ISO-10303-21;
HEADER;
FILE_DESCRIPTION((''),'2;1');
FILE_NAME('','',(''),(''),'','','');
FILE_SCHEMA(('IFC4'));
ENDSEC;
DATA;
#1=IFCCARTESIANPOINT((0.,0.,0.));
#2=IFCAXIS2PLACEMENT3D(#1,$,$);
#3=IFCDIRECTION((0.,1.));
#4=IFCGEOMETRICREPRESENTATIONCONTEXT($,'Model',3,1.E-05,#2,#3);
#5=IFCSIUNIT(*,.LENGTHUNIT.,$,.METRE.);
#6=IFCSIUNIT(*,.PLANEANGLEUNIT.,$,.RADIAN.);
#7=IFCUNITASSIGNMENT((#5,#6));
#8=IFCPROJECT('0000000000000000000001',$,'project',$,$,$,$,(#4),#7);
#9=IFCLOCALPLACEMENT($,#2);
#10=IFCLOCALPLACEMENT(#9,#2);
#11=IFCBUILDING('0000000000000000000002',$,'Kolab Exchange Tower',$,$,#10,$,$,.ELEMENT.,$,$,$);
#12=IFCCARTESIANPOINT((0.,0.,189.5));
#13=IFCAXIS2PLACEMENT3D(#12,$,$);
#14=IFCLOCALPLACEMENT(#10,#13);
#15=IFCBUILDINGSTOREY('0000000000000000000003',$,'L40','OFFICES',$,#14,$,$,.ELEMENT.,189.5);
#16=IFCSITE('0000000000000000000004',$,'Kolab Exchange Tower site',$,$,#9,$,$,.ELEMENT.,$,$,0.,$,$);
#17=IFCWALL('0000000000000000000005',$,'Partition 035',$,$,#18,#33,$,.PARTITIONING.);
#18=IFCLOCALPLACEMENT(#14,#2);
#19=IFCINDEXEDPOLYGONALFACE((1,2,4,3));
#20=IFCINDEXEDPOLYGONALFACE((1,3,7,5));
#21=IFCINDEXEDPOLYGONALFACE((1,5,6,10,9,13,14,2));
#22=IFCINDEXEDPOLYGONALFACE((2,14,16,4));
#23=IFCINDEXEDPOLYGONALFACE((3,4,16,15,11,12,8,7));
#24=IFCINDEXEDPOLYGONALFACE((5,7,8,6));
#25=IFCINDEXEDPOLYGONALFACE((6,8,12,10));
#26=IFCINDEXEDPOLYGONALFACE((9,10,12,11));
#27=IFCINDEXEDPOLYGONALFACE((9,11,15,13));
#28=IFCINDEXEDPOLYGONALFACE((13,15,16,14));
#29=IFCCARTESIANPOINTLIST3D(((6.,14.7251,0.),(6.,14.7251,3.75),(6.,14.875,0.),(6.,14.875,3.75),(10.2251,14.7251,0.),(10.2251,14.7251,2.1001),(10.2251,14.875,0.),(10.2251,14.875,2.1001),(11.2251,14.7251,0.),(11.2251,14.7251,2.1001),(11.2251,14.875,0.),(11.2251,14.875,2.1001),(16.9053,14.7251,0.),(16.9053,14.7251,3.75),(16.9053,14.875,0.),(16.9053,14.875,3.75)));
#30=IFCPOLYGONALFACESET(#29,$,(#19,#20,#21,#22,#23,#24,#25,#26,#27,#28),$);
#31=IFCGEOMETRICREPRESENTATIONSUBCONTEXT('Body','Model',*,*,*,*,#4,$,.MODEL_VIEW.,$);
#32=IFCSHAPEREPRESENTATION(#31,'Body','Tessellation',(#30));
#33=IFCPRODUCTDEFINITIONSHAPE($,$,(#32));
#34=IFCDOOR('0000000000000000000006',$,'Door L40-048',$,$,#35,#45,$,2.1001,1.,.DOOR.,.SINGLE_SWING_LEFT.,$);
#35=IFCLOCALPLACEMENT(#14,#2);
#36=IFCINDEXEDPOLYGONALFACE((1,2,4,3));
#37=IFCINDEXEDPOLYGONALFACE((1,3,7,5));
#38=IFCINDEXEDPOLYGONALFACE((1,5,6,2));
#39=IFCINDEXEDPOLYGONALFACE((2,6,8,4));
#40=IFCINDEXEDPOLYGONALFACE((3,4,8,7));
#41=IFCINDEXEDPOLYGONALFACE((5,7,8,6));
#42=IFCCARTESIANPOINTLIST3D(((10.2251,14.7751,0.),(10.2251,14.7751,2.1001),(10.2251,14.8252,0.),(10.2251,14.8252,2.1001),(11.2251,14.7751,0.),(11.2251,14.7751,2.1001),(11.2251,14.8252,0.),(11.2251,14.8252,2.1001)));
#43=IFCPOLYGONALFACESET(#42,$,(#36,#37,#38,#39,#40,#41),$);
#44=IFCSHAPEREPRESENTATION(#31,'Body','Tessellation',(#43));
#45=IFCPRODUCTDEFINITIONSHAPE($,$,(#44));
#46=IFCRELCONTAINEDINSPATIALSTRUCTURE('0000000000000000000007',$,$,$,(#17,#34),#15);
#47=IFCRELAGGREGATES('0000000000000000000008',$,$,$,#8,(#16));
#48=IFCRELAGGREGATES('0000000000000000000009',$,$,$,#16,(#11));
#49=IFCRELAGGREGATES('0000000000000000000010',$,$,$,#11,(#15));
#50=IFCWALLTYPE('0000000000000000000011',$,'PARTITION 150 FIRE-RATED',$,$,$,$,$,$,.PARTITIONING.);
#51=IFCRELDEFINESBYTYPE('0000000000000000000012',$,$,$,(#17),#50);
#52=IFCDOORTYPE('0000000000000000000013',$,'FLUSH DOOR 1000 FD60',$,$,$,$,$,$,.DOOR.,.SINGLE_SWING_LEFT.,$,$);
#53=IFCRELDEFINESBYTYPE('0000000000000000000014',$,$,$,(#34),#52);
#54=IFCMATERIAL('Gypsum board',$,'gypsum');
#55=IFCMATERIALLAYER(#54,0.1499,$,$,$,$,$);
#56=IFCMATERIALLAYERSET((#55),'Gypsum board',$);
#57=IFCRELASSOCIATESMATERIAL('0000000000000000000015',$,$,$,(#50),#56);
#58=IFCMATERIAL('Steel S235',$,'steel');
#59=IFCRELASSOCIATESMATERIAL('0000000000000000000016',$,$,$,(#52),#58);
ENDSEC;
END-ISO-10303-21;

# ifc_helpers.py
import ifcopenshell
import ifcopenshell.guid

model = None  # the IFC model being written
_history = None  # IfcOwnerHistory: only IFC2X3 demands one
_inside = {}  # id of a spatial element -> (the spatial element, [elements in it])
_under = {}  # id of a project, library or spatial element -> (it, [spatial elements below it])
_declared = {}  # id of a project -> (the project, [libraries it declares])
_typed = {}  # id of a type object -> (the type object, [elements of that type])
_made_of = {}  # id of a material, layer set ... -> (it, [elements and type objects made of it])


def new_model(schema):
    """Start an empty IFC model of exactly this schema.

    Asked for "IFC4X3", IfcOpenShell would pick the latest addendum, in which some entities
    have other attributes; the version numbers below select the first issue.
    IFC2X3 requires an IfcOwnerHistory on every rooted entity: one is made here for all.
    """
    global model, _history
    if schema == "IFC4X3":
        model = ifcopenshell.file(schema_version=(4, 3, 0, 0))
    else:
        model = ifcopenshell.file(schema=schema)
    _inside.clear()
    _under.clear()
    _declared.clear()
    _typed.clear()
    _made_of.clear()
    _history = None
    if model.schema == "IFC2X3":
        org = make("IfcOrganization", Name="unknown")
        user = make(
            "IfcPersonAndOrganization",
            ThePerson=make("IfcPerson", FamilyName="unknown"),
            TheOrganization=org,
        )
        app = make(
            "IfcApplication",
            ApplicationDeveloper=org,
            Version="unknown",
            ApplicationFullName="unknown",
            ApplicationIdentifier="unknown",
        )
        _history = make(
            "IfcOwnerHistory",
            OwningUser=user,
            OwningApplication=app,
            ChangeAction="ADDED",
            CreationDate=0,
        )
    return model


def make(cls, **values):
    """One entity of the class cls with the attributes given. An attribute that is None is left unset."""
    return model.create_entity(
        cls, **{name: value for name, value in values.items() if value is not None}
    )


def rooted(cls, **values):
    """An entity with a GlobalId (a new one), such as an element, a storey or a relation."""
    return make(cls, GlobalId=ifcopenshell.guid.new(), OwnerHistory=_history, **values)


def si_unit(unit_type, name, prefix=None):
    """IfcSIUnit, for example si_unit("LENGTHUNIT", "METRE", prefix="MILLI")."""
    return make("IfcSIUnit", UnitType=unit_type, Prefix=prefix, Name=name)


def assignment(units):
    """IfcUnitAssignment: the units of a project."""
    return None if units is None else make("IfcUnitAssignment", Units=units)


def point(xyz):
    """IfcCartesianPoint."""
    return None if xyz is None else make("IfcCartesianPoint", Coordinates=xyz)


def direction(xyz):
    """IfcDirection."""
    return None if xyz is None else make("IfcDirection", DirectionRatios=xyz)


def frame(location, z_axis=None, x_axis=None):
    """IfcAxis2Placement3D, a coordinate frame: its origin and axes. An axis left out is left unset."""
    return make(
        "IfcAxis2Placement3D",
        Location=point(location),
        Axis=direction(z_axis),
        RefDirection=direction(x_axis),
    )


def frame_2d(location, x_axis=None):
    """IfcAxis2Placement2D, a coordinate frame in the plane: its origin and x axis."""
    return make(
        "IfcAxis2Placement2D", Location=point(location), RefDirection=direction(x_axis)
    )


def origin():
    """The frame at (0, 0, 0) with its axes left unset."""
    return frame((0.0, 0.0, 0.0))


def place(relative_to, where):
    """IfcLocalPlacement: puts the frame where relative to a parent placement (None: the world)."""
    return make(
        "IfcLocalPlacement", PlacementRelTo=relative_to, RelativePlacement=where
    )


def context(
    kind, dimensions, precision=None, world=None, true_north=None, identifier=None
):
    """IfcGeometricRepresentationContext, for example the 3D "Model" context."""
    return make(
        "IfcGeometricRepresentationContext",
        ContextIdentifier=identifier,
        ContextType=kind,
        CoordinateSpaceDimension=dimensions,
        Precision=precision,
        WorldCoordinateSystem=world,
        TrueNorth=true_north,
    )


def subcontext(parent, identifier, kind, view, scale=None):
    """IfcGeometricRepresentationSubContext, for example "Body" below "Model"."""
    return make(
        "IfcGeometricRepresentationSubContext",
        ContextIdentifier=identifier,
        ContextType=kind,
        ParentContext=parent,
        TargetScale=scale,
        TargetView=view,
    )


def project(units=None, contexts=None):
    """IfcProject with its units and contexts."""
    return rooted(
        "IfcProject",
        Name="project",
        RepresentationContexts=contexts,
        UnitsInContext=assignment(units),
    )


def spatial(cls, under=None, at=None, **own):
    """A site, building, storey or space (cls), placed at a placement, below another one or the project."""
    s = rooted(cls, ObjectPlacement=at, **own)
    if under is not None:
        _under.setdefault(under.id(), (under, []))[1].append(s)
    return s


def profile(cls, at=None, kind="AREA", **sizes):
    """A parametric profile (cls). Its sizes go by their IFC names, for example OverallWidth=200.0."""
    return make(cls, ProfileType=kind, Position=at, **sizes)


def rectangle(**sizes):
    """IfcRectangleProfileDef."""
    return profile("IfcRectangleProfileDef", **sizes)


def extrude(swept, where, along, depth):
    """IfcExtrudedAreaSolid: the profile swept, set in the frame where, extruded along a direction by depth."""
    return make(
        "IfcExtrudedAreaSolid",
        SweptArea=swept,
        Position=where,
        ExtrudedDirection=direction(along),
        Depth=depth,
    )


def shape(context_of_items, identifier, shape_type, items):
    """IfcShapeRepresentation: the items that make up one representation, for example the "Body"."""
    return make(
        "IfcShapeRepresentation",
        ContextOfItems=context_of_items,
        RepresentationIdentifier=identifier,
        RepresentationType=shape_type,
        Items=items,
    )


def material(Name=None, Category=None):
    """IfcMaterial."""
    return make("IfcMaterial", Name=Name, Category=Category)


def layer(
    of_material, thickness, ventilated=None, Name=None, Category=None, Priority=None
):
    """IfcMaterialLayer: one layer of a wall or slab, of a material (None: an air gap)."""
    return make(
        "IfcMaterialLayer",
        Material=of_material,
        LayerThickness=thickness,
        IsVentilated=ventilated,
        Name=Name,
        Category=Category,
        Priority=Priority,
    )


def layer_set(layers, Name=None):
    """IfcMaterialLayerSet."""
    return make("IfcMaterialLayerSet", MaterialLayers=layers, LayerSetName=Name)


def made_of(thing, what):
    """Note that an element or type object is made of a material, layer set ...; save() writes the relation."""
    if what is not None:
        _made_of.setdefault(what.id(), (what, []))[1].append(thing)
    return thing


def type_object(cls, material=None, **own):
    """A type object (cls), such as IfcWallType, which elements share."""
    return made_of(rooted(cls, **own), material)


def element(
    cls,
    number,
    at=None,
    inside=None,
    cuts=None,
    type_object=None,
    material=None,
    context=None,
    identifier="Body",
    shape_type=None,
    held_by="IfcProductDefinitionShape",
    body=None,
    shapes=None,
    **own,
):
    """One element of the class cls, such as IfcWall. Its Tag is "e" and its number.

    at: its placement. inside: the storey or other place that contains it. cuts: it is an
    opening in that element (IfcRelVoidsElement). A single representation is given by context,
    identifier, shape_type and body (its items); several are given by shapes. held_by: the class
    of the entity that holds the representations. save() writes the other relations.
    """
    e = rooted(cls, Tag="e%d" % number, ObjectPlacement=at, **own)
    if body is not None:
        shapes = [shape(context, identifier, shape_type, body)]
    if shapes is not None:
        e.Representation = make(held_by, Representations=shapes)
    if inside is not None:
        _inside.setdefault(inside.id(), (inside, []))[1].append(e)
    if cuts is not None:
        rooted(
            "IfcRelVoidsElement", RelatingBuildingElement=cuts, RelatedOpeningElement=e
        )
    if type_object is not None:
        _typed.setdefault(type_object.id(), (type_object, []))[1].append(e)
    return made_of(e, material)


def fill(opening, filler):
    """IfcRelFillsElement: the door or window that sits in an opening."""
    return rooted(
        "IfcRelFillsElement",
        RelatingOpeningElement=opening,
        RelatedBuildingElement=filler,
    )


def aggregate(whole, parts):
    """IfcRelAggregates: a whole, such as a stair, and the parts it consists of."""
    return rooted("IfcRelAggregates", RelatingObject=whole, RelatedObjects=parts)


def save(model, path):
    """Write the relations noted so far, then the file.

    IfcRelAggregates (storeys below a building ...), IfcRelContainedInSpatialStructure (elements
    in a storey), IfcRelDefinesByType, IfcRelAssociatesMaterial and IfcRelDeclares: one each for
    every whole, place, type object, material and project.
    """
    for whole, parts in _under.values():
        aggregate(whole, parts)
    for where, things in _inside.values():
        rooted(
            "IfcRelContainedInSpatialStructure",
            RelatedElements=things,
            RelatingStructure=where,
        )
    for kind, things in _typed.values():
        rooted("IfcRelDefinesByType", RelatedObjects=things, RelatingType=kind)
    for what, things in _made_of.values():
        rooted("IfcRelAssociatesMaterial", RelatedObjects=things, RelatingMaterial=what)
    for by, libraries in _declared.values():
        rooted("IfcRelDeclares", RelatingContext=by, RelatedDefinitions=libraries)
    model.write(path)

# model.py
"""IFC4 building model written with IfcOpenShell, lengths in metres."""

from ifc_helpers import new_model, si_unit, direction, frame, frame_2d, origin, place, context, subcontext, project, spatial, rectangle, extrude, material, layer, layer_set, type_object, element, fill, save


model = new_model("IFC4")

# Units and contexts
model_context = context("Model", 3, precision=1e-05, world=origin(), true_north=direction((0.0, 1.0)))
body_context = subcontext(model_context, "Body", "Model", "MODEL_VIEW")
ifc_project = project(units=[si_unit("LENGTHUNIT", "METRE"), si_unit("PLANEANGLEUNIT", "RADIAN")], contexts=[model_context])

# Site, building, storey
site_placement = place(None, origin())
site = spatial("IfcSite", under=ifc_project, at=site_placement, Name="Kolab Exchange Tower site", CompositionType="ELEMENT", RefElevation=0.0)
building_placement = place(site_placement, origin())
building = spatial("IfcBuilding", under=site, at=building_placement, Name="Kolab Exchange Tower", CompositionType="ELEMENT")
storey_placement = place(building_placement, frame((0.0, 0.0, 189.5)))
storey = spatial("IfcBuildingStorey", under=building, at=storey_placement, Name="L40", Description="OFFICES", CompositionType="ELEMENT", Elevation=189.5)

# Shared definitions
ifc_material_1 = material(Name="Gypsum board", Category="gypsum")

# Wall, opening, door
ifc_layer_1 = layer(ifc_material_1, 0.1499)
ifc_layer_set_1 = layer_set([ifc_layer_1], Name="Gypsum board")
wall_type_1 = type_object("IfcWallType", Name="PARTITION 150 FIRE-RATED", PredefinedType="PARTITIONING", material=ifc_layer_set_1)
ifc_material_2 = material(Name="Steel S235", Category="steel")
wall_1_placement = place(storey_placement, frame((6.0, 14.8, 0.0), z_axis=(0.0, 0.0, 1.0), x_axis=(1.0, 0.0, 0.0)))
wall_1 = element("IfcWall", 1, at=wall_1_placement, inside=storey, type_object=wall_type_1, Name="Partition 035", PredefinedType="PARTITIONING", context=body_context, shape_type="SweptSolid", body=[
    extrude(rectangle(XDim=10.9053, YDim=0.1499, at=frame_2d((5.4526, 0.0))), origin(), (0.0, 0.0, 1.0), 3.75),
])
opening_1_placement = place(wall_1_placement, frame((4.2251, 0.0, 0.0)))
opening_1 = element("IfcOpeningElement", 2, at=opening_1_placement, cuts=wall_1, PredefinedType="OPENING", context=body_context, shape_type="SweptSolid", body=[
    extrude(rectangle(XDim=1.0, YDim=2.1001, at=frame_2d((0.5, 1.05))), frame((0.0, 0.085, 0.0), z_axis=(0.0, -1.0, 0.0), x_axis=(1.0, 0.0, 0.0)), (0.0, 0.0, 1.0), 0.1699),
])
door_type_1 = type_object("IfcDoorType", Name="FLUSH DOOR 1000 FD60", OperationType="SINGLE_SWING_LEFT", PredefinedType="DOOR", material=ifc_material_2)
door_1_placement = place(opening_1_placement, frame((1.0, 0.0, 0.0), z_axis=(0.0, 0.0, 1.0), x_axis=(-1.0, 0.0, 0.0)))
door_1 = element("IfcDoor", 3, at=door_1_placement, inside=storey, type_object=door_type_1, Name="Door L40-048", OperationType="SINGLE_SWING_LEFT", OverallHeight=2.1001, OverallWidth=1.0, PredefinedType="DOOR", context=body_context, shape_type="SweptSolid", body=[
    extrude(rectangle(XDim=1.0, YDim=2.1001, at=frame_2d((0.5, 1.05))), frame((0.0, 0.0249, 0.0), z_axis=(0.0, -1.0, 0.0), x_axis=(1.0, 0.0, 0.0)), (0.0, 0.0, 1.0), 0.05),
])
fill(opening_1, door_1)

save(model, "model.ifc")
